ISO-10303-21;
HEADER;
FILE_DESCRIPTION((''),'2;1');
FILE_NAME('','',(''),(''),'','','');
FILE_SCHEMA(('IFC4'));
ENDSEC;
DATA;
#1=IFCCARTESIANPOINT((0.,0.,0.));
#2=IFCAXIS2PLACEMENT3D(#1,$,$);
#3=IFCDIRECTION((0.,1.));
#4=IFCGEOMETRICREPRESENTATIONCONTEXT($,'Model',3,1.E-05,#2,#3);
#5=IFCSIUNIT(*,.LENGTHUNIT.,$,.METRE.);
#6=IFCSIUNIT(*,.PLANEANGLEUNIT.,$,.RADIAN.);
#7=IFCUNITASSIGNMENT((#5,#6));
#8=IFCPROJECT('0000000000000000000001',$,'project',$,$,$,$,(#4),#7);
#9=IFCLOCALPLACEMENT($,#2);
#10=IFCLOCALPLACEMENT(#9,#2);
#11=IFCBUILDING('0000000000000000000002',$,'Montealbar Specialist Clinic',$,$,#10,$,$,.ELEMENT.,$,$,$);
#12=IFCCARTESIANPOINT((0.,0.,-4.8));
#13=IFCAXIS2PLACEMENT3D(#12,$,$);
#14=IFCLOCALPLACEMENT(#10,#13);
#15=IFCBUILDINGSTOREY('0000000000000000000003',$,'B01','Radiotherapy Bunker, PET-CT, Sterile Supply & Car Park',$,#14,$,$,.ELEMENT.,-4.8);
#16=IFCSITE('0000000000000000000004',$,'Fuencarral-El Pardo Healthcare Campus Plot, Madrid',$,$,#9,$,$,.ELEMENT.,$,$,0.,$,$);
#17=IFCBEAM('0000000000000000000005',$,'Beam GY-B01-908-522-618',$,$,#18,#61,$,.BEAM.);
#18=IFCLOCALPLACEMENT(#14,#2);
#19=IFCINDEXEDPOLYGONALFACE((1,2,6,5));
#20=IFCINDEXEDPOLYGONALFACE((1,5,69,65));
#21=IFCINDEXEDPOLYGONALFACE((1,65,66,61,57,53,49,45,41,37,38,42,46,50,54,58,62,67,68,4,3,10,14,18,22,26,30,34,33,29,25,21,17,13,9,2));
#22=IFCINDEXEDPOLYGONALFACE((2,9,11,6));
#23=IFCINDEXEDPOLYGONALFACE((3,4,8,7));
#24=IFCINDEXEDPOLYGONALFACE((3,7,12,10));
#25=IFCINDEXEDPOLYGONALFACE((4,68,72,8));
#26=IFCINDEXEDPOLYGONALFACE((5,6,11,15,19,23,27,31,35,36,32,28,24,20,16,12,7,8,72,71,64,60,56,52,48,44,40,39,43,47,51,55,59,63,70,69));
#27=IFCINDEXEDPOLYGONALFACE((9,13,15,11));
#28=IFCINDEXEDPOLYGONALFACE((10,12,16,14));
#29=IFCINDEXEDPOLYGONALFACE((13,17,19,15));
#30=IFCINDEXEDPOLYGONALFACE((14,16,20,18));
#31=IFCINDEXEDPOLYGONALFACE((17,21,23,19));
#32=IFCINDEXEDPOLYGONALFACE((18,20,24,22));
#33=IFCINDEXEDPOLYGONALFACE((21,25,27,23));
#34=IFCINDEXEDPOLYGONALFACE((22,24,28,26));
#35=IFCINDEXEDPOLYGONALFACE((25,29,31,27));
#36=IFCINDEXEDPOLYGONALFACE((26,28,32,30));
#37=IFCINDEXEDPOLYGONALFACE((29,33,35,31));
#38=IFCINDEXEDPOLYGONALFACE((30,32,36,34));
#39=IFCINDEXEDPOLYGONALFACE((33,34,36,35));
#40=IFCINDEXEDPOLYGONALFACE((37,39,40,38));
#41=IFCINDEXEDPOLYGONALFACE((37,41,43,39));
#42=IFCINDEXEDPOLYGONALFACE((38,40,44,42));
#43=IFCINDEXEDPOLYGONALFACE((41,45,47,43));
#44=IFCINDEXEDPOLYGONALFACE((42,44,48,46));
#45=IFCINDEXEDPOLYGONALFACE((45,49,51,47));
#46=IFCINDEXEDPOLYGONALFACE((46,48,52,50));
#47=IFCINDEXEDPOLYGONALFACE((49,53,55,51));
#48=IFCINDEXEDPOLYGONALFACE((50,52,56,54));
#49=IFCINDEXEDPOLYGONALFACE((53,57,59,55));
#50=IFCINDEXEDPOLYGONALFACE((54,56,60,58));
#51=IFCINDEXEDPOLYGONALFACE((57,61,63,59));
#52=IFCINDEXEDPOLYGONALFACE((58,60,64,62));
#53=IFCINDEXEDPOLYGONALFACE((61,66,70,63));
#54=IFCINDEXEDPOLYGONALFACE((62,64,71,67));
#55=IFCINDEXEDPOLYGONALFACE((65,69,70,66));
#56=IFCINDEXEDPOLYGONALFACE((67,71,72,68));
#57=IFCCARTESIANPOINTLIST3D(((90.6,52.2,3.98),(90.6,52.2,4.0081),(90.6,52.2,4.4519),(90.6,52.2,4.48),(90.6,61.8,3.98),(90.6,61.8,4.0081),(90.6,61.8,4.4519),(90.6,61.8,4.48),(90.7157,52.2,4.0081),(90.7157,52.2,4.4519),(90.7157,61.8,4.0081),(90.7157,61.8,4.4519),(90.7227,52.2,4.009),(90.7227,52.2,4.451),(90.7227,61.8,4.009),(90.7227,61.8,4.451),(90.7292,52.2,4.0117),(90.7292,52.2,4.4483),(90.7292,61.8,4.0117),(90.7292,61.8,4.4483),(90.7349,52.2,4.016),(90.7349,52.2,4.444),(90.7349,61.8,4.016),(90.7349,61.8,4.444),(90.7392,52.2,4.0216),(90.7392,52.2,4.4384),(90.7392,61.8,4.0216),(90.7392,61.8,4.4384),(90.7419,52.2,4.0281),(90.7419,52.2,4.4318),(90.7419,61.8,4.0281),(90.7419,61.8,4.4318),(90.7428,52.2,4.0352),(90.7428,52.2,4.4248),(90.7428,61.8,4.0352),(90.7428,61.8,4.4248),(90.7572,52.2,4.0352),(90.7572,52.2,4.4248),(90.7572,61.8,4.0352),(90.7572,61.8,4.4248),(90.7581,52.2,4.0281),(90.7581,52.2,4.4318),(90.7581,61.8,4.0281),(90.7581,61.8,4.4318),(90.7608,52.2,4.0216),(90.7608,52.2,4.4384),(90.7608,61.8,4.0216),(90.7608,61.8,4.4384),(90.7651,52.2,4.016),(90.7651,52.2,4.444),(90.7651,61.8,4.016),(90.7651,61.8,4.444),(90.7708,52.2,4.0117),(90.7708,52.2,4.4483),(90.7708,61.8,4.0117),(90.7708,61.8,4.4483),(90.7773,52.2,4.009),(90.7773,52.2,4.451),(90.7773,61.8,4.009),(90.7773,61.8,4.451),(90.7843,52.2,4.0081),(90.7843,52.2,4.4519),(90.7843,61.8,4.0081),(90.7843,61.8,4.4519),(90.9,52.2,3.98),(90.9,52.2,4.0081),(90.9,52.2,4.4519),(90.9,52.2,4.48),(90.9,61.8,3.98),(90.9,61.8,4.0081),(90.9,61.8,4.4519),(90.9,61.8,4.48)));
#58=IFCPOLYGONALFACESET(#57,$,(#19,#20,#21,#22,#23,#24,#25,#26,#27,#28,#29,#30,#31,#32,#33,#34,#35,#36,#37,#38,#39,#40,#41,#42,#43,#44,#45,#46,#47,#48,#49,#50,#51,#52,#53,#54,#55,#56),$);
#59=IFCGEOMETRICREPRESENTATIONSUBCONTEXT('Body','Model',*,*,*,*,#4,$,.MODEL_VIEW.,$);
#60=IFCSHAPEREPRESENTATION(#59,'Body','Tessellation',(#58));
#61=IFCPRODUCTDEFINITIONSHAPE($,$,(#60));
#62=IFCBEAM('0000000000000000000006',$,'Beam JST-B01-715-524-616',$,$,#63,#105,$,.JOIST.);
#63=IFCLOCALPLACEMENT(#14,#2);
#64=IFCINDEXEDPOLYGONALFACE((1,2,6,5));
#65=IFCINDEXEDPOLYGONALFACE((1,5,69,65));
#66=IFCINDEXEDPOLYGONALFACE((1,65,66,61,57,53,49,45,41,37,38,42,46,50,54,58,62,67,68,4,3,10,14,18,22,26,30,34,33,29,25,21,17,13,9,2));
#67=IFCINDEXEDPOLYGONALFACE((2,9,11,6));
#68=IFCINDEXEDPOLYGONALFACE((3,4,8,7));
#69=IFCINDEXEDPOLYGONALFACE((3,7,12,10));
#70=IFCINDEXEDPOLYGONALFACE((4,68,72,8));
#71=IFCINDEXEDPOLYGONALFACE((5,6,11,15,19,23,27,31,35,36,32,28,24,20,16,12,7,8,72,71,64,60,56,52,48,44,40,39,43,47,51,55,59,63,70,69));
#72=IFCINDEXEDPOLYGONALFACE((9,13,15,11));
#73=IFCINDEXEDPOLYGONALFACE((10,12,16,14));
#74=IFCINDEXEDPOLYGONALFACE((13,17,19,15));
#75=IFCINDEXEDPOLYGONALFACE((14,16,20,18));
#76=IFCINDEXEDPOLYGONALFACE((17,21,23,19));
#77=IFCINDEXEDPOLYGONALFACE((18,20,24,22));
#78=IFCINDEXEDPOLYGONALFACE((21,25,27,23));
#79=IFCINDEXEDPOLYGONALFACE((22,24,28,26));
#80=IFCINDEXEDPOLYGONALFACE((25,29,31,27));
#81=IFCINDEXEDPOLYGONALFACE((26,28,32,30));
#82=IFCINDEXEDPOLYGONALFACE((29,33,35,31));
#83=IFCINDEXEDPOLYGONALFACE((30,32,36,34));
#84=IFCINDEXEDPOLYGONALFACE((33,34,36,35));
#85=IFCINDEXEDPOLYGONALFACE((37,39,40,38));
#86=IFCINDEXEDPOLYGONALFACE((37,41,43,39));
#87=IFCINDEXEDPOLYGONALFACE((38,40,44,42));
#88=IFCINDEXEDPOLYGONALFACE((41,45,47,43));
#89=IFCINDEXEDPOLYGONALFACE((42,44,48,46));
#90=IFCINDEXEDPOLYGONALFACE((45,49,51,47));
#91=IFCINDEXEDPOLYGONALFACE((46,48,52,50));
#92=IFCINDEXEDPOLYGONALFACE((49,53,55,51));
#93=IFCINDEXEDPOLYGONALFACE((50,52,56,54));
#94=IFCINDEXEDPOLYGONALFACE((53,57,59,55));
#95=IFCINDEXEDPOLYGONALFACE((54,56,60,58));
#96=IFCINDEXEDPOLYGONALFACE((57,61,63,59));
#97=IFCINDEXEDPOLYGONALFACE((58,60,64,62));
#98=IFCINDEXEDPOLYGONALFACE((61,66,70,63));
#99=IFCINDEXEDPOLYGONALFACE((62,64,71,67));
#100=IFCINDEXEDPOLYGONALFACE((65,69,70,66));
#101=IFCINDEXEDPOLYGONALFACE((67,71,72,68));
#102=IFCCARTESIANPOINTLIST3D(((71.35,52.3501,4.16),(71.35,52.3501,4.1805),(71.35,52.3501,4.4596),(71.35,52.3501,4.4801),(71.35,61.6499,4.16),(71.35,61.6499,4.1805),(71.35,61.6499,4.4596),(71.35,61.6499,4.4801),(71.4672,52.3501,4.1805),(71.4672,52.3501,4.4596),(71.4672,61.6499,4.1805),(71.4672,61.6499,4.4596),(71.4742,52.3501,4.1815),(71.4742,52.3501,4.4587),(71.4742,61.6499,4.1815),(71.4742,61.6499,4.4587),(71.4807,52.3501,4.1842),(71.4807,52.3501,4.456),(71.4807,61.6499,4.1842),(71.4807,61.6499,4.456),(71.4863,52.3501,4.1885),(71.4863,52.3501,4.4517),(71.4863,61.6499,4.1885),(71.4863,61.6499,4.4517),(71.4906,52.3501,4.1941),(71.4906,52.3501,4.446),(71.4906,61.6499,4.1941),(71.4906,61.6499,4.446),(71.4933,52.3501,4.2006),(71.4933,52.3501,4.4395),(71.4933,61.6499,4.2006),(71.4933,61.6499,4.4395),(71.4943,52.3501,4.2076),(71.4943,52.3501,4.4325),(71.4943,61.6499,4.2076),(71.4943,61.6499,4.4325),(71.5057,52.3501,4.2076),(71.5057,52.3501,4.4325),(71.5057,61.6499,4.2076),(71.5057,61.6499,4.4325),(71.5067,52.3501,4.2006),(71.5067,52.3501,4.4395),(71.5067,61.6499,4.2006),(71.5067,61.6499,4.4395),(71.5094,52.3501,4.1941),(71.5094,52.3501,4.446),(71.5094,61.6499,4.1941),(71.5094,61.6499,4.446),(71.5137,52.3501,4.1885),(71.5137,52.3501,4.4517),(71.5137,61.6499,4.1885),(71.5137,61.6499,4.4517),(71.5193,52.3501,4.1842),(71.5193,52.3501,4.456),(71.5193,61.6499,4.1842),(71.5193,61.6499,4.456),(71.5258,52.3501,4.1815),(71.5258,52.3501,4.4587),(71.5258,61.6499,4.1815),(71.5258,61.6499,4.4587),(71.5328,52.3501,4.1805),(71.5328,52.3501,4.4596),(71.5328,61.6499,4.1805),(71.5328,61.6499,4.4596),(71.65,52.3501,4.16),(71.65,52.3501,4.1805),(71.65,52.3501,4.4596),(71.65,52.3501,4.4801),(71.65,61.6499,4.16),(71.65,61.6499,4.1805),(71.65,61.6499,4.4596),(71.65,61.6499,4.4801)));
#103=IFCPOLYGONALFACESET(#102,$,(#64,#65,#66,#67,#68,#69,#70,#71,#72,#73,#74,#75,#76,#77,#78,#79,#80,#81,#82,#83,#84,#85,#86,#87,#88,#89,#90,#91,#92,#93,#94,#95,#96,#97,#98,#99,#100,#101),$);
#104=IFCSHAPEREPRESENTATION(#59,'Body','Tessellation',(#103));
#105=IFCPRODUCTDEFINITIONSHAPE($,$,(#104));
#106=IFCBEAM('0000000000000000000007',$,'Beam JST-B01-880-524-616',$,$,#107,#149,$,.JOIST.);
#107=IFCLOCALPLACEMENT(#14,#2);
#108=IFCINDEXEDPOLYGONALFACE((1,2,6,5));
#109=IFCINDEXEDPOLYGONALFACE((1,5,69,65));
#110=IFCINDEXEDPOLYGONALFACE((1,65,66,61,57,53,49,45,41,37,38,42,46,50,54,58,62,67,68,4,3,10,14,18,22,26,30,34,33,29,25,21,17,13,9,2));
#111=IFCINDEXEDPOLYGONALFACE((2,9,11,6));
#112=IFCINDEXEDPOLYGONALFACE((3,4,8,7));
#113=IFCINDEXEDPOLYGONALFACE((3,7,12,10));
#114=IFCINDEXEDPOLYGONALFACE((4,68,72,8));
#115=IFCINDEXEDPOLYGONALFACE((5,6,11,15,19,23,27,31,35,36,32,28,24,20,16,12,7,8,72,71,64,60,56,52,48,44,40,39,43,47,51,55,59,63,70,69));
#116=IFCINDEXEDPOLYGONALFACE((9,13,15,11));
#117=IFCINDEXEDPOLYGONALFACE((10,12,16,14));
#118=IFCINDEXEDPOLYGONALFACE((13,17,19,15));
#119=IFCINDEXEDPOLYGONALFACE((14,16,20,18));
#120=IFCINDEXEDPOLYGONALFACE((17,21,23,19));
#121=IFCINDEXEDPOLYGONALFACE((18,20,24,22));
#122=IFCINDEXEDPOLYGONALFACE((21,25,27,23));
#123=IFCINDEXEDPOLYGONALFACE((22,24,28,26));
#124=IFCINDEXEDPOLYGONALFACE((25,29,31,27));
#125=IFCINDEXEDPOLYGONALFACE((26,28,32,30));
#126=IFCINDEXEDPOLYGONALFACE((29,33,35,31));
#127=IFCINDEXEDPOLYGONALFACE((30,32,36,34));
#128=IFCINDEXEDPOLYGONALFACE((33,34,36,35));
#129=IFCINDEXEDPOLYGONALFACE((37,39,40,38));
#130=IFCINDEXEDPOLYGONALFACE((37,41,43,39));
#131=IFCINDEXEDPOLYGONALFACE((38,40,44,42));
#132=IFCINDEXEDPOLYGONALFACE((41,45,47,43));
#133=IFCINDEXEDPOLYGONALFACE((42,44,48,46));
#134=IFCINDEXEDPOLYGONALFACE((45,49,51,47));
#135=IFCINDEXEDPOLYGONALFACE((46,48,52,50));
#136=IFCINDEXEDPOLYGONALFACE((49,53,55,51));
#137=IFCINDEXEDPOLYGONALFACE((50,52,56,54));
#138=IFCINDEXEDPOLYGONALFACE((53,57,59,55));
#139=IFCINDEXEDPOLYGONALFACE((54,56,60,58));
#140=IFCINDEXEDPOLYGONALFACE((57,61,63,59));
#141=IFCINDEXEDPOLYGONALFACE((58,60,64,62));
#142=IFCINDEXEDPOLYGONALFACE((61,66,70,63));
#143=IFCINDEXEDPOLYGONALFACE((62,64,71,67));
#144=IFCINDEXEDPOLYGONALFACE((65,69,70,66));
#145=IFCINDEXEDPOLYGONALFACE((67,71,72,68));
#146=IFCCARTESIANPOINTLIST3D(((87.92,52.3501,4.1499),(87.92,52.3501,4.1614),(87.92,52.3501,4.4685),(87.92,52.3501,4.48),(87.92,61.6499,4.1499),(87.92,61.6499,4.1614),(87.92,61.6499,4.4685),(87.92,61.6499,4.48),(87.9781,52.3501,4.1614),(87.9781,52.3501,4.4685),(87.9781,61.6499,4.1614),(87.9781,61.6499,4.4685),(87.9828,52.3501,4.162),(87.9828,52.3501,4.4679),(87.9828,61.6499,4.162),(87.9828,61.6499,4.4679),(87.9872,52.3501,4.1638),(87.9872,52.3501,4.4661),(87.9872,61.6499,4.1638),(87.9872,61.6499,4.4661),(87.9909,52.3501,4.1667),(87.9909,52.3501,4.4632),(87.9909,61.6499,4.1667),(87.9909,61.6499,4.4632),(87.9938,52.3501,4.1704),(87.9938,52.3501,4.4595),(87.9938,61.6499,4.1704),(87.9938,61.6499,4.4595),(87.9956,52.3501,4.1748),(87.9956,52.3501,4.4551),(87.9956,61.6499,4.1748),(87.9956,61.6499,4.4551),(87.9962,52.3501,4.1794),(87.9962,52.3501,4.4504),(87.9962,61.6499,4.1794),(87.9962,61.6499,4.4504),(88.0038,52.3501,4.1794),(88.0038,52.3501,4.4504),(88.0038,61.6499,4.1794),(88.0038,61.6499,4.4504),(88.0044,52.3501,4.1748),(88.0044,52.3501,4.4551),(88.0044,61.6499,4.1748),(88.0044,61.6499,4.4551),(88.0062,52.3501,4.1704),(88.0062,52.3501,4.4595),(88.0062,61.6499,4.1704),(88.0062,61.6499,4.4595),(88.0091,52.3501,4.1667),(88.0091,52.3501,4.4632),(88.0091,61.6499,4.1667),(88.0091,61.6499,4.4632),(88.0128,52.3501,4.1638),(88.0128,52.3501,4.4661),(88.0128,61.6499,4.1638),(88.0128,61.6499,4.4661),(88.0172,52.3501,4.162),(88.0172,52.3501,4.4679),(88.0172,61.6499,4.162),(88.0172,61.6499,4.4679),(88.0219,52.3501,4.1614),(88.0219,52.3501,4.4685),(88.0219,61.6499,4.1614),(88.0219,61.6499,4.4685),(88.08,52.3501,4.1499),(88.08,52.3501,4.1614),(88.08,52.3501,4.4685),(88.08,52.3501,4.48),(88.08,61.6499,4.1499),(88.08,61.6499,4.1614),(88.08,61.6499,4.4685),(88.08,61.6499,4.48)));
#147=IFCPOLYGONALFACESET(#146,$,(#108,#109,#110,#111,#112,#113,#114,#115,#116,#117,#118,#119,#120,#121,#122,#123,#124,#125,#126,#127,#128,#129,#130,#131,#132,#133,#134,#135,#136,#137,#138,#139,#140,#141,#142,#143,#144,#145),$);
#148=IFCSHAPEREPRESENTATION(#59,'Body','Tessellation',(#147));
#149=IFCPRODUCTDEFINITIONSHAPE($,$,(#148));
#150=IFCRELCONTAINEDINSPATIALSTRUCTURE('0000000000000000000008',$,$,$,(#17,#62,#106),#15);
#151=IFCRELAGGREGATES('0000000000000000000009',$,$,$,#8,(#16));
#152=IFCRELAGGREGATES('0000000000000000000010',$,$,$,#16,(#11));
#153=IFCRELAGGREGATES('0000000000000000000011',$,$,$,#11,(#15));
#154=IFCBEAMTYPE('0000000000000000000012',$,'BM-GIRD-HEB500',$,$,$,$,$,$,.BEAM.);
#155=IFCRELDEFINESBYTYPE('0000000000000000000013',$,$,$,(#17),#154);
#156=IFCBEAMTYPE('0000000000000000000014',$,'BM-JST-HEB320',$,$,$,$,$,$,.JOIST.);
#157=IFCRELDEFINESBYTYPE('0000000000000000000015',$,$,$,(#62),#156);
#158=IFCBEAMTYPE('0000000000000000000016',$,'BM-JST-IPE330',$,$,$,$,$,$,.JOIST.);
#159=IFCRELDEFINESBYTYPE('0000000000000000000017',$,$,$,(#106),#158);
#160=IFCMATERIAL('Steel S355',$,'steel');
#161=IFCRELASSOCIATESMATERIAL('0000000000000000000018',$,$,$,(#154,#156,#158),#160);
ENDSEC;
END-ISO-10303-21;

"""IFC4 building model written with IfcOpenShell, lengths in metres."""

from ifc_helpers import new_model, si_unit, direction, frame, origin, origin_2d, place, context, subcontext, project, spatial, i_section, extrude, material, material_profile, profile_set, type_object, element, save


model = new_model("IFC4")

# Units and contexts
model_context = context("Model", 3, precision=1e-05, world=origin(), true_north=direction((0.0, 1.0)))
body_context = subcontext(model_context, "Body", "Model", "MODEL_VIEW")
ifc_project = project(units=[si_unit("LENGTHUNIT", "METRE"), si_unit("PLANEANGLEUNIT", "RADIAN")], contexts=[model_context])

# Site, building, storey
site_placement = place(None, origin())
site = spatial("IfcSite", under=ifc_project, at=site_placement, Name="Fuencarral-El Pardo Healthcare Campus Plot, Madrid", CompositionType="ELEMENT", RefElevation=0.0)
building_placement = place(site_placement, origin())
building = spatial("IfcBuilding", under=site, at=building_placement, Name="Montealbar Specialist Clinic", CompositionType="ELEMENT")
storey_placement = place(building_placement, frame((0.0, 0.0, -4.8)))
storey = spatial("IfcBuildingStorey", under=building, at=storey_placement, Name="B01", Description="Radiotherapy Bunker, PET-CT, Sterile Supply & Car Park", CompositionType="ELEMENT", Elevation=-4.8)

# Shared definitions
ifc_material_1 = material(Name="Steel S355", Category="steel")

# Beams
ifc_material_profile_1 = material_profile(ifc_material_1, i_section(OverallWidth=0.3, OverallDepth=0.5, WebThickness=0.0144, FlangeThickness=0.0281, FilletRadius=0.0271, at=origin_2d()), Name="HEB 500", Category="steel")
ifc_profile_set_1 = profile_set([ifc_material_profile_1], Name="Steel S355")
beam_type_1 = type_object("IfcBeamType", Name="BM-GIRD-HEB500", PredefinedType="BEAM", material=ifc_profile_set_1)
beam_1_placement = place(storey_placement, frame((90.75, 52.2, 4.23), z_axis=(0.0, 1.0, 0.0), x_axis=(-1.0, 0.0, 0.0)))
element("IfcBeam", 1, at=beam_1_placement, inside=storey, type_object=beam_type_1, Name="Beam GY-B01-908-522-618", PredefinedType="BEAM", context=body_context, shape_type="SweptSolid", body=[
    extrude(i_section(OverallWidth=0.3, OverallDepth=0.5, WebThickness=0.0144, FlangeThickness=0.0281, FilletRadius=0.0271, at=origin_2d()), origin(), (0.0, 0.0, 1.0), 9.6001),
])
ifc_material_profile_2 = material_profile(ifc_material_1, i_section(OverallWidth=0.3, OverallDepth=0.3201, WebThickness=0.0115, FlangeThickness=0.0205, FilletRadius=0.0271, at=origin_2d()), Name="HEB 320", Category="steel")
ifc_profile_set_2 = profile_set([ifc_material_profile_2], Name="Steel S355")
beam_type_2 = type_object("IfcBeamType", Name="BM-JST-HEB320", PredefinedType="JOIST", material=ifc_profile_set_2)
beam_2_placement = place(storey_placement, frame((71.5, 52.3501, 4.3201), z_axis=(0.0, 1.0, 0.0), x_axis=(-1.0, 0.0, 0.0)))
element("IfcBeam", 2, at=beam_2_placement, inside=storey, type_object=beam_type_2, Name="Beam JST-B01-715-524-616", PredefinedType="JOIST", context=body_context, shape_type="SweptSolid", body=[
    extrude(i_section(OverallWidth=0.3, OverallDepth=0.3201, WebThickness=0.0115, FlangeThickness=0.0205, FilletRadius=0.0271, at=origin_2d()), origin(), (0.0, 0.0, 1.0), 9.2998),
])
ifc_material_profile_3 = material_profile(ifc_material_1, i_section(OverallWidth=0.1599, OverallDepth=0.3301, WebThickness=0.0076, FlangeThickness=0.0115, FilletRadius=0.0181, at=origin_2d()), Name="IPE 330", Category="steel")
ifc_profile_set_3 = profile_set([ifc_material_profile_3], Name="Steel S355")
beam_type_3 = type_object("IfcBeamType", Name="BM-JST-IPE330", PredefinedType="JOIST", material=ifc_profile_set_3)
beam_3_placement = place(storey_placement, frame((88.0, 52.3501, 4.3149), z_axis=(0.0, 1.0, 0.0), x_axis=(-1.0, 0.0, 0.0)))
element("IfcBeam", 3, at=beam_3_placement, inside=storey, type_object=beam_type_3, Name="Beam JST-B01-880-524-616", PredefinedType="JOIST", context=body_context, shape_type="SweptSolid", body=[
    extrude(i_section(OverallWidth=0.1599, OverallDepth=0.3301, WebThickness=0.0076, FlangeThickness=0.0115, FilletRadius=0.0181, at=origin_2d()), origin(), (0.0, 0.0, 1.0), 9.2998),
])

save(model, "model.ifc")
